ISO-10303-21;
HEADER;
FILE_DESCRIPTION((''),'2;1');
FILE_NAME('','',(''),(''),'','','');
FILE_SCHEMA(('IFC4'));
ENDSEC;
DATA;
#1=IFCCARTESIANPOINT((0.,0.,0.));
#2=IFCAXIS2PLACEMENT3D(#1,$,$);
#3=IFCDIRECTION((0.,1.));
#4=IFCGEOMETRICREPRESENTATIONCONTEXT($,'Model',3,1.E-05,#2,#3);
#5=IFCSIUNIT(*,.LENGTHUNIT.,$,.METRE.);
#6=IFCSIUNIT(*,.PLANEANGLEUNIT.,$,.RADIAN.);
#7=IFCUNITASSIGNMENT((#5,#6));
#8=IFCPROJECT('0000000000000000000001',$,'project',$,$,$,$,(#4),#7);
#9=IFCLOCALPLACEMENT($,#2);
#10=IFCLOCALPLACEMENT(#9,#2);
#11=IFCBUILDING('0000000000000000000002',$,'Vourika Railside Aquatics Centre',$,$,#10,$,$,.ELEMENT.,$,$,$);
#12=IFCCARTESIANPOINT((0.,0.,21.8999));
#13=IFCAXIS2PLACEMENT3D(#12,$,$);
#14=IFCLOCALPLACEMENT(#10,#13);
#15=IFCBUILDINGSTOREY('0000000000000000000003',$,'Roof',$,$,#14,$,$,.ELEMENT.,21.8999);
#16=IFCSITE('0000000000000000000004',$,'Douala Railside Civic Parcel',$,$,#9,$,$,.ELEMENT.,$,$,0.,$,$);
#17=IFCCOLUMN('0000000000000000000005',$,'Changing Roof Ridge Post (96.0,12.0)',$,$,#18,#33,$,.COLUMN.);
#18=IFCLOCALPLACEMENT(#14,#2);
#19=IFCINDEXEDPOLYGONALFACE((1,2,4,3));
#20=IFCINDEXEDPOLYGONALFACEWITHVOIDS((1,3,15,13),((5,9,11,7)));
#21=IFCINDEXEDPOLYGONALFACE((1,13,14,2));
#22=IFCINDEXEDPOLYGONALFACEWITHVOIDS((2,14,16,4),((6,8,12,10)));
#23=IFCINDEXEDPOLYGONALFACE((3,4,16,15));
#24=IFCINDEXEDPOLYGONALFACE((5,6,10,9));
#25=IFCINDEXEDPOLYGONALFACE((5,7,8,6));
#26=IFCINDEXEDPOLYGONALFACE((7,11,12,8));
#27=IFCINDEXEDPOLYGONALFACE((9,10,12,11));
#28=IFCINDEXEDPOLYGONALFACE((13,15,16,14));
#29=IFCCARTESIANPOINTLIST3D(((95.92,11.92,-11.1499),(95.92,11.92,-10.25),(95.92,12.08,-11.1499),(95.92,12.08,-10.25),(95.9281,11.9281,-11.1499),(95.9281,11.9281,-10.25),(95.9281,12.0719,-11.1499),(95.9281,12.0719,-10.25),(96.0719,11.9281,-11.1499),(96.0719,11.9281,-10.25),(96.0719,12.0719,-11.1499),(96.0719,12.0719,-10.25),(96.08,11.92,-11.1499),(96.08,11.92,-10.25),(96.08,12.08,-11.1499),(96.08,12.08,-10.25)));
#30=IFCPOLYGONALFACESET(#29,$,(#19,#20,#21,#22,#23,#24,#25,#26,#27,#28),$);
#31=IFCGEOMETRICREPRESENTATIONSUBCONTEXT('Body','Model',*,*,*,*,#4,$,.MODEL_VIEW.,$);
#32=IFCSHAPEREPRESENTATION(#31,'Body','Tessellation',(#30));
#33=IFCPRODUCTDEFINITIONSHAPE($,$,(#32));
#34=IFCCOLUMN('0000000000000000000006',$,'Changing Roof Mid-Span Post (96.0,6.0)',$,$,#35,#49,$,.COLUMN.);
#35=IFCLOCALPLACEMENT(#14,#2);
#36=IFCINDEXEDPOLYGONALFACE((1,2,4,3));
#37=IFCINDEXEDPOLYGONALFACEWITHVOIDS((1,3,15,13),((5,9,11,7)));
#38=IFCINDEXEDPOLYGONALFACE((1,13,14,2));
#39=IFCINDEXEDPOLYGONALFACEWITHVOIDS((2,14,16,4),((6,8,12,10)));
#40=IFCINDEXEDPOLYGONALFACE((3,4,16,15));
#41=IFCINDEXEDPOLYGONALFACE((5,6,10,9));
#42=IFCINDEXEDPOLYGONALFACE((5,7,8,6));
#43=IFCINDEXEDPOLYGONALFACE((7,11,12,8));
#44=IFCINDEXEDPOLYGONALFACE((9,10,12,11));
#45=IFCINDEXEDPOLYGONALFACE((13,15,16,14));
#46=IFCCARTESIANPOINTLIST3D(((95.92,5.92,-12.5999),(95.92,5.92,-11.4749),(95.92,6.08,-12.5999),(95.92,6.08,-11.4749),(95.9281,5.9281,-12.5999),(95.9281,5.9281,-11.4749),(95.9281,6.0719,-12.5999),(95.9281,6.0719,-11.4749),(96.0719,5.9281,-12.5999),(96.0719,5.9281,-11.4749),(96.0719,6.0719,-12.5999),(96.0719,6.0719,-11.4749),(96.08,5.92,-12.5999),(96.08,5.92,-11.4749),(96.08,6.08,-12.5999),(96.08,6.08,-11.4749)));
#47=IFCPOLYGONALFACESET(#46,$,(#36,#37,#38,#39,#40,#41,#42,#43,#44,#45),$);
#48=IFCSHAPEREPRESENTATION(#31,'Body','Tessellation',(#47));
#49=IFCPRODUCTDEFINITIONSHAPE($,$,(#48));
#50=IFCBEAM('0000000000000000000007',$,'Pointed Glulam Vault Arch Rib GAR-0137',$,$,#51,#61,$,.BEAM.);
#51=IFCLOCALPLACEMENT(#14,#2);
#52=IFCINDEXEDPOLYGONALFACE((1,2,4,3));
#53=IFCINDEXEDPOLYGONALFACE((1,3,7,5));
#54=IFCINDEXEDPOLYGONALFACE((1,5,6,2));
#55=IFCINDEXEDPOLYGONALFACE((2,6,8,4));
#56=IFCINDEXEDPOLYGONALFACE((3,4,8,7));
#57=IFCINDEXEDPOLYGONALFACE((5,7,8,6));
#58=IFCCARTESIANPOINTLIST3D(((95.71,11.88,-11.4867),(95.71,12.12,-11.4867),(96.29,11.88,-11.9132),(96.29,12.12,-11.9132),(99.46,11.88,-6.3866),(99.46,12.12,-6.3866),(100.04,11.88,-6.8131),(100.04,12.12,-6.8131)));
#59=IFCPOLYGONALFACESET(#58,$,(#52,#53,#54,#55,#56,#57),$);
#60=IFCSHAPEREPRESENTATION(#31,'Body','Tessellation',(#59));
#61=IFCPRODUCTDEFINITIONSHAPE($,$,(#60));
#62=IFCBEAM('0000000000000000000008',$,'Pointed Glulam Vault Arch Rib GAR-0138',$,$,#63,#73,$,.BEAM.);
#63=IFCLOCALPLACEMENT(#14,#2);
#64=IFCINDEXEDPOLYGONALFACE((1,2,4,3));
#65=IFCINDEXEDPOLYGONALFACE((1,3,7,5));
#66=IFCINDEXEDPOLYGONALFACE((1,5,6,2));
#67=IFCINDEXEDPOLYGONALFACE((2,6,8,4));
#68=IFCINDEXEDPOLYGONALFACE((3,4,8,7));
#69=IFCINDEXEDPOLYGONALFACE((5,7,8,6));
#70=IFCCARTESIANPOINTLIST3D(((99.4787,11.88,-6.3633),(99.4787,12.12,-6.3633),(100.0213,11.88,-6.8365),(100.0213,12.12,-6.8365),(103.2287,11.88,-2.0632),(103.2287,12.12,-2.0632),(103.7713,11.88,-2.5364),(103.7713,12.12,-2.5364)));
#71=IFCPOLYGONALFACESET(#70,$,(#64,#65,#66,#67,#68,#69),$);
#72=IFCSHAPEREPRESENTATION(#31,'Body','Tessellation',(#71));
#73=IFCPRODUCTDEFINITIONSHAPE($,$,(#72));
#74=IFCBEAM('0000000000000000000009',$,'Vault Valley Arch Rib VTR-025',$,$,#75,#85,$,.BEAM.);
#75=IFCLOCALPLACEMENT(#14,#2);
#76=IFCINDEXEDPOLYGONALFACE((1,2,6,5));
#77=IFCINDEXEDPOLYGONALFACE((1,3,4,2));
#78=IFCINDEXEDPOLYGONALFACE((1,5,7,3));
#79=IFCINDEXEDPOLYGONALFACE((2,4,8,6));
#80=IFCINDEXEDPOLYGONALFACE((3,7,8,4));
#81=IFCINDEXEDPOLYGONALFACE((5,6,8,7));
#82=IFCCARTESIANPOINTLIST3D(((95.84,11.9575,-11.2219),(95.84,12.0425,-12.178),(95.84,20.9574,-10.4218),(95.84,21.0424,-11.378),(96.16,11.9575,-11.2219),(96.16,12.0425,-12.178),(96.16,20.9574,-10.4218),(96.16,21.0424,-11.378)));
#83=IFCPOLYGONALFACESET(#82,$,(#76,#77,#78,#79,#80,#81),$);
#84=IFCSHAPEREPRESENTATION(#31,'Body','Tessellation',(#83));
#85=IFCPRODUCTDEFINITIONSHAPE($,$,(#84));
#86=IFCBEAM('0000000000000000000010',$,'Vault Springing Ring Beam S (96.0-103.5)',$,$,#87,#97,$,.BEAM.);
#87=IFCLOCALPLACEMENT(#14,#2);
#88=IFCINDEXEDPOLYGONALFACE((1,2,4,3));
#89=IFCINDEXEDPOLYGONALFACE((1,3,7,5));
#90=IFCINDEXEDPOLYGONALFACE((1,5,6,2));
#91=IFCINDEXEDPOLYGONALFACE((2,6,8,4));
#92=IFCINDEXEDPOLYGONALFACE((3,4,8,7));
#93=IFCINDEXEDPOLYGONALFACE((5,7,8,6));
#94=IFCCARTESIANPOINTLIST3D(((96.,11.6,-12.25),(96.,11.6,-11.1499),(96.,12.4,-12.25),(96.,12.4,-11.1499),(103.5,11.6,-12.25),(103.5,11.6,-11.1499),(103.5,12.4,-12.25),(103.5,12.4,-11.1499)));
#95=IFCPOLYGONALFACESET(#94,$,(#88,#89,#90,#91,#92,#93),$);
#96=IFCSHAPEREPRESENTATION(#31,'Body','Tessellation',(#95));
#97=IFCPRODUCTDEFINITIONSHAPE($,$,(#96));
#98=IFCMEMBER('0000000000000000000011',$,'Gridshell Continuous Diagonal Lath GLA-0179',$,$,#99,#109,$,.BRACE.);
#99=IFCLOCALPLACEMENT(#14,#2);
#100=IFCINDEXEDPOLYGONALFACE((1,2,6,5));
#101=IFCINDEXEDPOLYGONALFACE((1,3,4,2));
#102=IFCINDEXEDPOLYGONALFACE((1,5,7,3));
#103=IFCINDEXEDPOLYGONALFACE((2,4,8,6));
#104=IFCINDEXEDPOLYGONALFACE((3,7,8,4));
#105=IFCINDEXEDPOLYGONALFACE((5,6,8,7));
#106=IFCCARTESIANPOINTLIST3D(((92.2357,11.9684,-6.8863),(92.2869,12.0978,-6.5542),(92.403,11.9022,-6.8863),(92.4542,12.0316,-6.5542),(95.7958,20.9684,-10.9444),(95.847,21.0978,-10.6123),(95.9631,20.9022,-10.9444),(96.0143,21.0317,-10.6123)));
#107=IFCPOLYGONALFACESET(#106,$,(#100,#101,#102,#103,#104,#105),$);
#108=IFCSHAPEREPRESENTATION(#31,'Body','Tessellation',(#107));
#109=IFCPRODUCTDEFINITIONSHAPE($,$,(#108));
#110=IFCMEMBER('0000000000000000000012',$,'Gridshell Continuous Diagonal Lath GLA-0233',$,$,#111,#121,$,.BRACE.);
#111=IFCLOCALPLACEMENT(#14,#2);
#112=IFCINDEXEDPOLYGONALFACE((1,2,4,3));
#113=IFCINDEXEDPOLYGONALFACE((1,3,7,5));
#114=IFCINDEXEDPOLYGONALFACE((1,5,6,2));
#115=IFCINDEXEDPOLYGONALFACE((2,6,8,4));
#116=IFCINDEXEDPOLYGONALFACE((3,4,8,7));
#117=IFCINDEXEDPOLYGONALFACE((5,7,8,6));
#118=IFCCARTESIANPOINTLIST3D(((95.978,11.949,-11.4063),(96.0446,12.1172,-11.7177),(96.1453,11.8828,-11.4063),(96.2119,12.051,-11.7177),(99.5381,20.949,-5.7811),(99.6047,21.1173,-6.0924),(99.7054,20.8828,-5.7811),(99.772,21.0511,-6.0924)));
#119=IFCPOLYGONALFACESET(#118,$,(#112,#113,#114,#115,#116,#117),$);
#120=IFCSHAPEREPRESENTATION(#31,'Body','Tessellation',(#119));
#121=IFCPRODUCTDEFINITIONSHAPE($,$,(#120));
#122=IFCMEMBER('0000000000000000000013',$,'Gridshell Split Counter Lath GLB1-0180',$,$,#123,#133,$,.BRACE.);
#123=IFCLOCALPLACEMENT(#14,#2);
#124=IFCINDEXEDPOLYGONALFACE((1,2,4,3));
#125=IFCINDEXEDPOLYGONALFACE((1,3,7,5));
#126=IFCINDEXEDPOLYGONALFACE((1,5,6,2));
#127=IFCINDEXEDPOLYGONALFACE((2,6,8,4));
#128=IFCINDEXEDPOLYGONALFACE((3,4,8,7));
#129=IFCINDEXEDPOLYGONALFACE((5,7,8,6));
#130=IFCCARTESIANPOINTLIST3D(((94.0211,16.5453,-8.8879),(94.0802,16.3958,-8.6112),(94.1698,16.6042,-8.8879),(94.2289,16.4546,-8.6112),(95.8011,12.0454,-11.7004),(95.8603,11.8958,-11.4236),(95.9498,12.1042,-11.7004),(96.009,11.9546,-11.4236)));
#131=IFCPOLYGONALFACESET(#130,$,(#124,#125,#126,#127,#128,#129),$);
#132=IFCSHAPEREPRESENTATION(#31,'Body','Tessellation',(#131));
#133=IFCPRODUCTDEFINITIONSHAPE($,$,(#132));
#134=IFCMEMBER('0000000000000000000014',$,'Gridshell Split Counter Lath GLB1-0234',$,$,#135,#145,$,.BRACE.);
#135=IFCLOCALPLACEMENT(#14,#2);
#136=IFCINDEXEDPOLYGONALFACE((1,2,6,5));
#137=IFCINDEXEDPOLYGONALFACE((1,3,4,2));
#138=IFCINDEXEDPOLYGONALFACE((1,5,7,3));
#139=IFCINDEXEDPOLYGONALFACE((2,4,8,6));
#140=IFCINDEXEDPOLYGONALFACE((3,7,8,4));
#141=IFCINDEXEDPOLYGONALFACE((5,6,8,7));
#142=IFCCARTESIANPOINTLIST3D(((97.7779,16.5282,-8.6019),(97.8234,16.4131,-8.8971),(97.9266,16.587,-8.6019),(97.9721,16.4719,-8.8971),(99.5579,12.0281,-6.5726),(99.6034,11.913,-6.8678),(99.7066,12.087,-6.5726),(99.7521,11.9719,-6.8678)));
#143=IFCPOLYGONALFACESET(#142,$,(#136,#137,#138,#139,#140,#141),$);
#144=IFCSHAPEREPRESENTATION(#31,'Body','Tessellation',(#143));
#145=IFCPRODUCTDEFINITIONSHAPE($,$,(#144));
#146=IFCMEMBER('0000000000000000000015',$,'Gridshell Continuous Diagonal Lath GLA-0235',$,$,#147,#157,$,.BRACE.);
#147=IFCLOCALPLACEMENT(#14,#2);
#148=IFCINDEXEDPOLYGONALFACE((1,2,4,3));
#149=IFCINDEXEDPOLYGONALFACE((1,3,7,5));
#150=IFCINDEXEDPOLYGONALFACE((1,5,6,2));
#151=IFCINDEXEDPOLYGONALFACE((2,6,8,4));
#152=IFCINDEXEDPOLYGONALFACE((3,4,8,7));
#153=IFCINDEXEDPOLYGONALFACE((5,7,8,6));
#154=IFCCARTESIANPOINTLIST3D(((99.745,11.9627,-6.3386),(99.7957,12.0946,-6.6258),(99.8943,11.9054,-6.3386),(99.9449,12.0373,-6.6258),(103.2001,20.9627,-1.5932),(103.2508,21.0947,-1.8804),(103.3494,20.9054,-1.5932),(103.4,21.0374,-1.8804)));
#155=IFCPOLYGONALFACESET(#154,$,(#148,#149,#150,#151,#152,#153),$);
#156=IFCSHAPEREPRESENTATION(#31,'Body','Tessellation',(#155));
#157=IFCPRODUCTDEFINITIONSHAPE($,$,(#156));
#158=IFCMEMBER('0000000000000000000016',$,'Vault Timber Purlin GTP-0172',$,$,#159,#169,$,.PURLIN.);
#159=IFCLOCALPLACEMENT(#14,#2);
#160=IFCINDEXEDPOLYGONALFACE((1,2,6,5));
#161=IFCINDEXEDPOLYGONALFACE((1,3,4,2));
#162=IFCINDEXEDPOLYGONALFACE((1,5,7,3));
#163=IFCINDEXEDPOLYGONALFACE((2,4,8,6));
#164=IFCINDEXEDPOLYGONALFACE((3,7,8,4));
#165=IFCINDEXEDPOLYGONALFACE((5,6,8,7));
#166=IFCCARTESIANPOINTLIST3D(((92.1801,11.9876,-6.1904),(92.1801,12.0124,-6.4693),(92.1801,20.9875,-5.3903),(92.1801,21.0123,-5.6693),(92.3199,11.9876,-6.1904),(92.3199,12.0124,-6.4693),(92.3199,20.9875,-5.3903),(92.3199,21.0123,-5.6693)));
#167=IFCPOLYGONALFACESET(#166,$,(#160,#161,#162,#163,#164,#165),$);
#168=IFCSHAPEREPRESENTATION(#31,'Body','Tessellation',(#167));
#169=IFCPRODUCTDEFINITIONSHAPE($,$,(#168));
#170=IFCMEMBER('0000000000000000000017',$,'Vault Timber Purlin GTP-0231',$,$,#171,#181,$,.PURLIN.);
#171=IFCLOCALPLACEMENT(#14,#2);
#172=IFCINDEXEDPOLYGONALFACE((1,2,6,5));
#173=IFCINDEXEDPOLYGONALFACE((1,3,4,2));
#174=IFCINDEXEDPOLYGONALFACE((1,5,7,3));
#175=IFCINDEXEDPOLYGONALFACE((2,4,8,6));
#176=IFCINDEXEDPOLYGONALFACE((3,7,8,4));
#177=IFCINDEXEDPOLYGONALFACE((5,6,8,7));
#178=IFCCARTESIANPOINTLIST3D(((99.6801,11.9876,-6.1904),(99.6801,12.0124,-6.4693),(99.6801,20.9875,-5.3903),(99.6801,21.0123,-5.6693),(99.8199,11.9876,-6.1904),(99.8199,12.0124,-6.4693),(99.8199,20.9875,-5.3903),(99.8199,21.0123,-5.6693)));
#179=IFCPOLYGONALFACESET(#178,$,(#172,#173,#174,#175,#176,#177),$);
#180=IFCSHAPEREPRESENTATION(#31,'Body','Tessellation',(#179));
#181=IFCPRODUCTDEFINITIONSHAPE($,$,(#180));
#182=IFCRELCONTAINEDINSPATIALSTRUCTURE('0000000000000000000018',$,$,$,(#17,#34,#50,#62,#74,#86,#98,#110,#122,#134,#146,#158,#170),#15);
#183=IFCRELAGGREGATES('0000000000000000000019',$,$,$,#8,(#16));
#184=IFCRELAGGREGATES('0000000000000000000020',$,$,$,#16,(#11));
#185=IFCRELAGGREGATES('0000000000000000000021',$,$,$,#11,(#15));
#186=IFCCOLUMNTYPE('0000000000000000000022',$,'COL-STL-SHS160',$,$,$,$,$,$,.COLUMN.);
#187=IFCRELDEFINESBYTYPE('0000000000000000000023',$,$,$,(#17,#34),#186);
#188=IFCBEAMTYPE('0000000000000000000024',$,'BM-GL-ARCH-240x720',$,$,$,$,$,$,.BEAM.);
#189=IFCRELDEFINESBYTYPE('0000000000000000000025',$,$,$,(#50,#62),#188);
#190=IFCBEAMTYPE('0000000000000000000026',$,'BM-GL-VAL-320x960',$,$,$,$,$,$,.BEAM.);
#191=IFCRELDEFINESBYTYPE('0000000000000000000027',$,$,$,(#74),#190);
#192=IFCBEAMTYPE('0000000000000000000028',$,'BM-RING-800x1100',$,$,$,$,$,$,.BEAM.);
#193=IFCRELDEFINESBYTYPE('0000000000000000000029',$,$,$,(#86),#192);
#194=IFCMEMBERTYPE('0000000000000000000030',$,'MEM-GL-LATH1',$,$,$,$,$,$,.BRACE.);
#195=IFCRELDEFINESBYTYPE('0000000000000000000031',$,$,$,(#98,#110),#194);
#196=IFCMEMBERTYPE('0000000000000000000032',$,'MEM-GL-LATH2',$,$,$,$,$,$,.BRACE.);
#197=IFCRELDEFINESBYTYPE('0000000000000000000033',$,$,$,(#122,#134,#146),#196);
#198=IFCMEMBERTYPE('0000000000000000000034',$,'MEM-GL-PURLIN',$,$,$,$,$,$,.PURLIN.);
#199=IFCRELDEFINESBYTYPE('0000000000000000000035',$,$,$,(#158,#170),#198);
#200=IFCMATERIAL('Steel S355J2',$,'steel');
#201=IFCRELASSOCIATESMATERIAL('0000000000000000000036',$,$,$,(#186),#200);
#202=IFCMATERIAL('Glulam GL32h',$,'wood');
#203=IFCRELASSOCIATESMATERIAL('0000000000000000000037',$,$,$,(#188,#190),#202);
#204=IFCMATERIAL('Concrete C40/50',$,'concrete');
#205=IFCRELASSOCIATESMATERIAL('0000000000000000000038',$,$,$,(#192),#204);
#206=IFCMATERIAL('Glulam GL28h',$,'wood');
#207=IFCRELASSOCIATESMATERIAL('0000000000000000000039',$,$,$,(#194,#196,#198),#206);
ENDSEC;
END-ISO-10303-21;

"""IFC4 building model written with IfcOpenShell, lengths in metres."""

from ifc_helpers import new_model, si_unit, direction, frame, origin, origin_2d, place, context, subcontext, project, spatial, rectangle, hollow_rectangle, extrude, material, material_profile, profile_set, type_object, element, save


model = new_model("IFC4")

# Units and contexts
model_context = context("Model", 3, precision=1e-05, world=origin(), true_north=direction((0.0, 1.0)))
body_context = subcontext(model_context, "Body", "Model", "MODEL_VIEW")
ifc_project = project(units=[si_unit("LENGTHUNIT", "METRE"), si_unit("PLANEANGLEUNIT", "RADIAN")], contexts=[model_context])

# Site, building, storey
site_placement = place(None, origin())
site = spatial("IfcSite", under=ifc_project, at=site_placement, Name="Douala Railside Civic Parcel", CompositionType="ELEMENT", RefElevation=0.0)
building_placement = place(site_placement, origin())
building = spatial("IfcBuilding", under=site, at=building_placement, Name="Vourika Railside Aquatics Centre", CompositionType="ELEMENT")
storey_placement = place(building_placement, frame((0.0, 0.0, 21.8999)))
storey = spatial("IfcBuildingStorey", under=building, at=storey_placement, Name="Roof", CompositionType="ELEMENT", Elevation=21.8999)

# Columns
ifc_material_1 = material(Name="Steel S355J2", Category="steel")
ifc_material_profile_1 = material_profile(ifc_material_1, hollow_rectangle(XDim=0.1599, YDim=0.1599, WallThickness=0.0081, at=origin_2d()), Name="SHS 160x160x8")
ifc_profile_set_1 = profile_set([ifc_material_profile_1], Name="Steel S355J2")
column_type = type_object("IfcColumnType", Name="COL-STL-SHS160", PredefinedType="COLUMN", material=ifc_profile_set_1)
column_1_placement = place(storey_placement, frame((96.0, 12.0, -11.1499), z_axis=(0.0, 0.0, 1.0), x_axis=(1.0, 0.0, 0.0)))
element("IfcColumn", 1, at=column_1_placement, inside=storey, type_object=column_type, Name="Changing Roof Ridge Post (96.0,12.0)", PredefinedType="COLUMN", context=body_context, shape_type="SweptSolid", body=[
    extrude(hollow_rectangle(XDim=0.1599, YDim=0.1599, WallThickness=0.0081, at=origin_2d()), origin(), (0.0, 0.0, 1.0), 0.8999),
])
column_2_placement = place(storey_placement, frame((96.0, 6.0, -12.5999), z_axis=(0.0, 0.0, 1.0), x_axis=(1.0, 0.0, 0.0)))
element("IfcColumn", 2, at=column_2_placement, inside=storey, type_object=column_type, Name="Changing Roof Mid-Span Post (96.0,6.0)", PredefinedType="COLUMN", context=body_context, shape_type="SweptSolid", body=[
    extrude(hollow_rectangle(XDim=0.1599, YDim=0.1599, WallThickness=0.0081, at=origin_2d()), origin(), (0.0, 0.0, 1.0), 1.125),
])

# Beams
ifc_material_2 = material(Name="Glulam GL32h", Category="wood")
ifc_material_profile_2 = material_profile(ifc_material_2, rectangle(XDim=0.24, YDim=0.72, at=origin_2d()), Name="GL32h 240x720")
ifc_profile_set_2 = profile_set([ifc_material_profile_2], Name="Glulam GL32h")
beam_type_1 = type_object("IfcBeamType", Name="BM-GL-ARCH-240x720", PredefinedType="BEAM", material=ifc_profile_set_2)
beam_1_placement = place(storey_placement, frame((96.0, 12.0, -11.7), z_axis=(0.592383, 0.0, 0.805656), x_axis=(0.0, 1.0, 0.0)))
element("IfcBeam", 3, at=beam_1_placement, inside=storey, type_object=beam_type_1, Name="Pointed Glulam Vault Arch Rib GAR-0137", PredefinedType="BEAM", context=body_context, shape_type="SweptSolid", body=[
    extrude(rectangle(XDim=0.24, YDim=0.72, at=origin_2d()), origin(), (0.0, 0.0, 1.0), 6.3303),
])
beam_2_placement = place(storey_placement, frame((99.75, 12.0, -6.5999), z_axis=(0.657259, 0.0, 0.753665), x_axis=(0.0, 1.0, 0.0)))
element("IfcBeam", 4, at=beam_2_placement, inside=storey, type_object=beam_type_1, Name="Pointed Glulam Vault Arch Rib GAR-0138", PredefinedType="BEAM", context=body_context, shape_type="SweptSolid", body=[
    extrude(rectangle(XDim=0.24, YDim=0.72, at=origin_2d()), origin(), (0.0, 0.0, 1.0), 5.7056),
])
ifc_material_profile_3 = material_profile(ifc_material_2, rectangle(XDim=0.3201, YDim=0.96, at=origin_2d()), Name="GL32h 320x960")
ifc_profile_set_3 = profile_set([ifc_material_profile_3], Name="Glulam GL32h")
beam_type_2 = type_object("IfcBeamType", Name="BM-GL-VAL-320x960", PredefinedType="BEAM", material=ifc_profile_set_3)
beam_3_placement = place(storey_placement, frame((96.0, 12.0, -11.7), z_axis=(0.0, 0.996072, 0.088545), x_axis=(-1.0, 0.0, 0.0)))
element("IfcBeam", 5, at=beam_3_placement, inside=storey, type_object=beam_type_2, Name="Vault Valley Arch Rib VTR-025", PredefinedType="BEAM", context=body_context, shape_type="SweptSolid", body=[
    extrude(rectangle(XDim=0.3201, YDim=0.96, at=origin_2d()), origin(), (0.0, 0.0, 1.0), 9.0354),
])
ifc_material_3 = material(Name="Concrete C40/50", Category="concrete")
ifc_material_profile_4 = material_profile(ifc_material_3, rectangle(XDim=0.8, YDim=1.1001, at=origin_2d()), Name="RC 800x1100")
ifc_profile_set_4 = profile_set([ifc_material_profile_4], Name="Concrete C40/50")
beam_type_3 = type_object("IfcBeamType", Name="BM-RING-800x1100", PredefinedType="BEAM", material=ifc_profile_set_4)
beam_4_placement = place(storey_placement, frame((96.0, 12.0, -11.7), z_axis=(1.0, 0.0, 0.0), x_axis=(0.0, 1.0, 0.0)))
element("IfcBeam", 6, at=beam_4_placement, inside=storey, type_object=beam_type_3, Name="Vault Springing Ring Beam S (96.0-103.5)", PredefinedType="BEAM", context=body_context, shape_type="SweptSolid", body=[
    extrude(rectangle(XDim=0.8, YDim=1.1001, at=origin_2d()), origin(), (0.0, 0.0, 1.0), 7.5),
])

# Members
ifc_material_4 = material(Name="Glulam GL28h", Category="wood")
ifc_material_profile_5 = material_profile(ifc_material_4, rectangle(XDim=0.1799, YDim=0.3601, at=origin_2d()), Name="GL28h 180x360")
ifc_profile_set_5 = profile_set([ifc_material_profile_5], Name="Glulam GL28h")
member_type_1 = type_object("IfcMemberType", Name="MEM-GL-LATH1", PredefinedType="BRACE", material=ifc_profile_set_5)
member_1_placement = place(storey_placement, frame((92.345, 12.0, -6.7202), z_axis=(0.339219, 0.857562, -0.386675), x_axis=(-0.929893, 0.36783, 0.0)))
element("IfcMember", 7, at=member_1_placement, inside=storey, type_object=member_type_1, Name="Gridshell Continuous Diagonal Lath GLA-0179", PredefinedType="BRACE", context=body_context, shape_type="SweptSolid", body=[
    extrude(rectangle(XDim=0.1799, YDim=0.3601, at=origin_2d()), origin(), (0.0, 0.0, 1.0), 10.4949),
])
member_2_placement = place(storey_placement, frame((96.095, 12.0, -11.562), z_axis=(0.318018, 0.803964, 0.5025), x_axis=(-0.929893, 0.36783, 0.0)))
element("IfcMember", 8, at=member_2_placement, inside=storey, type_object=member_type_1, Name="Gridshell Continuous Diagonal Lath GLA-0233", PredefinedType="BRACE", context=body_context, shape_type="SweptSolid", body=[
    extrude(rectangle(XDim=0.1799, YDim=0.3601, at=origin_2d()), origin(), (0.0, 0.0, 1.0), 11.1946),
])
ifc_material_profile_6 = material_profile(ifc_material_4, rectangle(XDim=0.1599, YDim=0.3201, at=origin_2d()), Name="GL28h 160x320")
ifc_profile_set_6 = profile_set([ifc_material_profile_6], Name="Glulam GL28h")
member_type_2 = type_object("IfcMemberType", Name="MEM-GL-LATH2", PredefinedType="BRACE", material=ifc_profile_set_6)
member_3_placement = place(storey_placement, frame((95.905, 12.0, -11.562), z_axis=(-0.318021, 0.803973, 0.502483), x_axis=(-0.929893, -0.36783, 0.0)))
element("IfcMember", 9, at=member_3_placement, inside=storey, type_object=member_type_2, Name="Gridshell Split Counter Lath GLB1-0180", PredefinedType="BRACE", context=body_context, shape_type="SweptSolid", body=[
    extrude(rectangle(XDim=0.1599, YDim=0.3201, at=origin_2d()), origin(), (0.0, 0.0, 1.0), 5.5972),
])
member_4_placement = place(storey_placement, frame((99.655, 12.0, -6.7202), z_axis=(-0.339213, 0.857547, -0.386715), x_axis=(-0.929893, -0.36783, 0.0)))
element("IfcMember", 10, at=member_4_placement, inside=storey, type_object=member_type_2, Name="Gridshell Split Counter Lath GLB1-0234", PredefinedType="BRACE", context=body_context, shape_type="SweptSolid", body=[
    extrude(rectangle(XDim=0.1599, YDim=0.3201, at=origin_2d()), origin(), (0.0, 0.0, 1.0), 5.2476),
])
member_5_placement = place(storey_placement, frame((99.845, 12.0, -6.4822), z_axis=(0.321551, 0.837595, 0.441632), x_axis=(-0.93357, 0.358395, 0.0)))
element("IfcMember", 11, at=member_5_placement, inside=storey, type_object=member_type_2, Name="Gridshell Continuous Diagonal Lath GLA-0235", PredefinedType="BRACE", context=body_context, shape_type="SweptSolid", body=[
    extrude(rectangle(XDim=0.1599, YDim=0.3201, at=origin_2d()), origin(), (0.0, 0.0, 1.0), 10.7451),
])
ifc_material_profile_7 = material_profile(ifc_material_4, rectangle(XDim=0.1399, YDim=0.28, at=origin_2d()), Name="GL28h 140x280")
ifc_profile_set_7 = profile_set([ifc_material_profile_7], Name="Glulam GL28h")
member_type_3 = type_object("IfcMemberType", Name="MEM-GL-PURLIN", PredefinedType="PURLIN", material=ifc_profile_set_7)
for number, where, z_axis, x_axis, name in (
    (12, (92.25, 12.0, -6.3298), (0.0, 0.996072, 0.088545), (-1.0, 0.0, 0.0), "Vault Timber Purlin GTP-0172"),
    (13, (99.75, 12.0, -6.3298), (0.0, 0.996072, 0.088545), (-1.0, 0.0, 0.0), "Vault Timber Purlin GTP-0231"),
):
    element("IfcMember", number, at=place(storey_placement, frame(where, z_axis=z_axis, x_axis=x_axis)), inside=storey, type_object=member_type_3, Name=name, PredefinedType="PURLIN", context=body_context, shape_type="SweptSolid", body=[
        extrude(rectangle(XDim=0.1399, YDim=0.28, at=origin_2d()), origin(), (0.0, 0.0, 1.0), 9.0354),
    ])

save(model, "model.ifc")
